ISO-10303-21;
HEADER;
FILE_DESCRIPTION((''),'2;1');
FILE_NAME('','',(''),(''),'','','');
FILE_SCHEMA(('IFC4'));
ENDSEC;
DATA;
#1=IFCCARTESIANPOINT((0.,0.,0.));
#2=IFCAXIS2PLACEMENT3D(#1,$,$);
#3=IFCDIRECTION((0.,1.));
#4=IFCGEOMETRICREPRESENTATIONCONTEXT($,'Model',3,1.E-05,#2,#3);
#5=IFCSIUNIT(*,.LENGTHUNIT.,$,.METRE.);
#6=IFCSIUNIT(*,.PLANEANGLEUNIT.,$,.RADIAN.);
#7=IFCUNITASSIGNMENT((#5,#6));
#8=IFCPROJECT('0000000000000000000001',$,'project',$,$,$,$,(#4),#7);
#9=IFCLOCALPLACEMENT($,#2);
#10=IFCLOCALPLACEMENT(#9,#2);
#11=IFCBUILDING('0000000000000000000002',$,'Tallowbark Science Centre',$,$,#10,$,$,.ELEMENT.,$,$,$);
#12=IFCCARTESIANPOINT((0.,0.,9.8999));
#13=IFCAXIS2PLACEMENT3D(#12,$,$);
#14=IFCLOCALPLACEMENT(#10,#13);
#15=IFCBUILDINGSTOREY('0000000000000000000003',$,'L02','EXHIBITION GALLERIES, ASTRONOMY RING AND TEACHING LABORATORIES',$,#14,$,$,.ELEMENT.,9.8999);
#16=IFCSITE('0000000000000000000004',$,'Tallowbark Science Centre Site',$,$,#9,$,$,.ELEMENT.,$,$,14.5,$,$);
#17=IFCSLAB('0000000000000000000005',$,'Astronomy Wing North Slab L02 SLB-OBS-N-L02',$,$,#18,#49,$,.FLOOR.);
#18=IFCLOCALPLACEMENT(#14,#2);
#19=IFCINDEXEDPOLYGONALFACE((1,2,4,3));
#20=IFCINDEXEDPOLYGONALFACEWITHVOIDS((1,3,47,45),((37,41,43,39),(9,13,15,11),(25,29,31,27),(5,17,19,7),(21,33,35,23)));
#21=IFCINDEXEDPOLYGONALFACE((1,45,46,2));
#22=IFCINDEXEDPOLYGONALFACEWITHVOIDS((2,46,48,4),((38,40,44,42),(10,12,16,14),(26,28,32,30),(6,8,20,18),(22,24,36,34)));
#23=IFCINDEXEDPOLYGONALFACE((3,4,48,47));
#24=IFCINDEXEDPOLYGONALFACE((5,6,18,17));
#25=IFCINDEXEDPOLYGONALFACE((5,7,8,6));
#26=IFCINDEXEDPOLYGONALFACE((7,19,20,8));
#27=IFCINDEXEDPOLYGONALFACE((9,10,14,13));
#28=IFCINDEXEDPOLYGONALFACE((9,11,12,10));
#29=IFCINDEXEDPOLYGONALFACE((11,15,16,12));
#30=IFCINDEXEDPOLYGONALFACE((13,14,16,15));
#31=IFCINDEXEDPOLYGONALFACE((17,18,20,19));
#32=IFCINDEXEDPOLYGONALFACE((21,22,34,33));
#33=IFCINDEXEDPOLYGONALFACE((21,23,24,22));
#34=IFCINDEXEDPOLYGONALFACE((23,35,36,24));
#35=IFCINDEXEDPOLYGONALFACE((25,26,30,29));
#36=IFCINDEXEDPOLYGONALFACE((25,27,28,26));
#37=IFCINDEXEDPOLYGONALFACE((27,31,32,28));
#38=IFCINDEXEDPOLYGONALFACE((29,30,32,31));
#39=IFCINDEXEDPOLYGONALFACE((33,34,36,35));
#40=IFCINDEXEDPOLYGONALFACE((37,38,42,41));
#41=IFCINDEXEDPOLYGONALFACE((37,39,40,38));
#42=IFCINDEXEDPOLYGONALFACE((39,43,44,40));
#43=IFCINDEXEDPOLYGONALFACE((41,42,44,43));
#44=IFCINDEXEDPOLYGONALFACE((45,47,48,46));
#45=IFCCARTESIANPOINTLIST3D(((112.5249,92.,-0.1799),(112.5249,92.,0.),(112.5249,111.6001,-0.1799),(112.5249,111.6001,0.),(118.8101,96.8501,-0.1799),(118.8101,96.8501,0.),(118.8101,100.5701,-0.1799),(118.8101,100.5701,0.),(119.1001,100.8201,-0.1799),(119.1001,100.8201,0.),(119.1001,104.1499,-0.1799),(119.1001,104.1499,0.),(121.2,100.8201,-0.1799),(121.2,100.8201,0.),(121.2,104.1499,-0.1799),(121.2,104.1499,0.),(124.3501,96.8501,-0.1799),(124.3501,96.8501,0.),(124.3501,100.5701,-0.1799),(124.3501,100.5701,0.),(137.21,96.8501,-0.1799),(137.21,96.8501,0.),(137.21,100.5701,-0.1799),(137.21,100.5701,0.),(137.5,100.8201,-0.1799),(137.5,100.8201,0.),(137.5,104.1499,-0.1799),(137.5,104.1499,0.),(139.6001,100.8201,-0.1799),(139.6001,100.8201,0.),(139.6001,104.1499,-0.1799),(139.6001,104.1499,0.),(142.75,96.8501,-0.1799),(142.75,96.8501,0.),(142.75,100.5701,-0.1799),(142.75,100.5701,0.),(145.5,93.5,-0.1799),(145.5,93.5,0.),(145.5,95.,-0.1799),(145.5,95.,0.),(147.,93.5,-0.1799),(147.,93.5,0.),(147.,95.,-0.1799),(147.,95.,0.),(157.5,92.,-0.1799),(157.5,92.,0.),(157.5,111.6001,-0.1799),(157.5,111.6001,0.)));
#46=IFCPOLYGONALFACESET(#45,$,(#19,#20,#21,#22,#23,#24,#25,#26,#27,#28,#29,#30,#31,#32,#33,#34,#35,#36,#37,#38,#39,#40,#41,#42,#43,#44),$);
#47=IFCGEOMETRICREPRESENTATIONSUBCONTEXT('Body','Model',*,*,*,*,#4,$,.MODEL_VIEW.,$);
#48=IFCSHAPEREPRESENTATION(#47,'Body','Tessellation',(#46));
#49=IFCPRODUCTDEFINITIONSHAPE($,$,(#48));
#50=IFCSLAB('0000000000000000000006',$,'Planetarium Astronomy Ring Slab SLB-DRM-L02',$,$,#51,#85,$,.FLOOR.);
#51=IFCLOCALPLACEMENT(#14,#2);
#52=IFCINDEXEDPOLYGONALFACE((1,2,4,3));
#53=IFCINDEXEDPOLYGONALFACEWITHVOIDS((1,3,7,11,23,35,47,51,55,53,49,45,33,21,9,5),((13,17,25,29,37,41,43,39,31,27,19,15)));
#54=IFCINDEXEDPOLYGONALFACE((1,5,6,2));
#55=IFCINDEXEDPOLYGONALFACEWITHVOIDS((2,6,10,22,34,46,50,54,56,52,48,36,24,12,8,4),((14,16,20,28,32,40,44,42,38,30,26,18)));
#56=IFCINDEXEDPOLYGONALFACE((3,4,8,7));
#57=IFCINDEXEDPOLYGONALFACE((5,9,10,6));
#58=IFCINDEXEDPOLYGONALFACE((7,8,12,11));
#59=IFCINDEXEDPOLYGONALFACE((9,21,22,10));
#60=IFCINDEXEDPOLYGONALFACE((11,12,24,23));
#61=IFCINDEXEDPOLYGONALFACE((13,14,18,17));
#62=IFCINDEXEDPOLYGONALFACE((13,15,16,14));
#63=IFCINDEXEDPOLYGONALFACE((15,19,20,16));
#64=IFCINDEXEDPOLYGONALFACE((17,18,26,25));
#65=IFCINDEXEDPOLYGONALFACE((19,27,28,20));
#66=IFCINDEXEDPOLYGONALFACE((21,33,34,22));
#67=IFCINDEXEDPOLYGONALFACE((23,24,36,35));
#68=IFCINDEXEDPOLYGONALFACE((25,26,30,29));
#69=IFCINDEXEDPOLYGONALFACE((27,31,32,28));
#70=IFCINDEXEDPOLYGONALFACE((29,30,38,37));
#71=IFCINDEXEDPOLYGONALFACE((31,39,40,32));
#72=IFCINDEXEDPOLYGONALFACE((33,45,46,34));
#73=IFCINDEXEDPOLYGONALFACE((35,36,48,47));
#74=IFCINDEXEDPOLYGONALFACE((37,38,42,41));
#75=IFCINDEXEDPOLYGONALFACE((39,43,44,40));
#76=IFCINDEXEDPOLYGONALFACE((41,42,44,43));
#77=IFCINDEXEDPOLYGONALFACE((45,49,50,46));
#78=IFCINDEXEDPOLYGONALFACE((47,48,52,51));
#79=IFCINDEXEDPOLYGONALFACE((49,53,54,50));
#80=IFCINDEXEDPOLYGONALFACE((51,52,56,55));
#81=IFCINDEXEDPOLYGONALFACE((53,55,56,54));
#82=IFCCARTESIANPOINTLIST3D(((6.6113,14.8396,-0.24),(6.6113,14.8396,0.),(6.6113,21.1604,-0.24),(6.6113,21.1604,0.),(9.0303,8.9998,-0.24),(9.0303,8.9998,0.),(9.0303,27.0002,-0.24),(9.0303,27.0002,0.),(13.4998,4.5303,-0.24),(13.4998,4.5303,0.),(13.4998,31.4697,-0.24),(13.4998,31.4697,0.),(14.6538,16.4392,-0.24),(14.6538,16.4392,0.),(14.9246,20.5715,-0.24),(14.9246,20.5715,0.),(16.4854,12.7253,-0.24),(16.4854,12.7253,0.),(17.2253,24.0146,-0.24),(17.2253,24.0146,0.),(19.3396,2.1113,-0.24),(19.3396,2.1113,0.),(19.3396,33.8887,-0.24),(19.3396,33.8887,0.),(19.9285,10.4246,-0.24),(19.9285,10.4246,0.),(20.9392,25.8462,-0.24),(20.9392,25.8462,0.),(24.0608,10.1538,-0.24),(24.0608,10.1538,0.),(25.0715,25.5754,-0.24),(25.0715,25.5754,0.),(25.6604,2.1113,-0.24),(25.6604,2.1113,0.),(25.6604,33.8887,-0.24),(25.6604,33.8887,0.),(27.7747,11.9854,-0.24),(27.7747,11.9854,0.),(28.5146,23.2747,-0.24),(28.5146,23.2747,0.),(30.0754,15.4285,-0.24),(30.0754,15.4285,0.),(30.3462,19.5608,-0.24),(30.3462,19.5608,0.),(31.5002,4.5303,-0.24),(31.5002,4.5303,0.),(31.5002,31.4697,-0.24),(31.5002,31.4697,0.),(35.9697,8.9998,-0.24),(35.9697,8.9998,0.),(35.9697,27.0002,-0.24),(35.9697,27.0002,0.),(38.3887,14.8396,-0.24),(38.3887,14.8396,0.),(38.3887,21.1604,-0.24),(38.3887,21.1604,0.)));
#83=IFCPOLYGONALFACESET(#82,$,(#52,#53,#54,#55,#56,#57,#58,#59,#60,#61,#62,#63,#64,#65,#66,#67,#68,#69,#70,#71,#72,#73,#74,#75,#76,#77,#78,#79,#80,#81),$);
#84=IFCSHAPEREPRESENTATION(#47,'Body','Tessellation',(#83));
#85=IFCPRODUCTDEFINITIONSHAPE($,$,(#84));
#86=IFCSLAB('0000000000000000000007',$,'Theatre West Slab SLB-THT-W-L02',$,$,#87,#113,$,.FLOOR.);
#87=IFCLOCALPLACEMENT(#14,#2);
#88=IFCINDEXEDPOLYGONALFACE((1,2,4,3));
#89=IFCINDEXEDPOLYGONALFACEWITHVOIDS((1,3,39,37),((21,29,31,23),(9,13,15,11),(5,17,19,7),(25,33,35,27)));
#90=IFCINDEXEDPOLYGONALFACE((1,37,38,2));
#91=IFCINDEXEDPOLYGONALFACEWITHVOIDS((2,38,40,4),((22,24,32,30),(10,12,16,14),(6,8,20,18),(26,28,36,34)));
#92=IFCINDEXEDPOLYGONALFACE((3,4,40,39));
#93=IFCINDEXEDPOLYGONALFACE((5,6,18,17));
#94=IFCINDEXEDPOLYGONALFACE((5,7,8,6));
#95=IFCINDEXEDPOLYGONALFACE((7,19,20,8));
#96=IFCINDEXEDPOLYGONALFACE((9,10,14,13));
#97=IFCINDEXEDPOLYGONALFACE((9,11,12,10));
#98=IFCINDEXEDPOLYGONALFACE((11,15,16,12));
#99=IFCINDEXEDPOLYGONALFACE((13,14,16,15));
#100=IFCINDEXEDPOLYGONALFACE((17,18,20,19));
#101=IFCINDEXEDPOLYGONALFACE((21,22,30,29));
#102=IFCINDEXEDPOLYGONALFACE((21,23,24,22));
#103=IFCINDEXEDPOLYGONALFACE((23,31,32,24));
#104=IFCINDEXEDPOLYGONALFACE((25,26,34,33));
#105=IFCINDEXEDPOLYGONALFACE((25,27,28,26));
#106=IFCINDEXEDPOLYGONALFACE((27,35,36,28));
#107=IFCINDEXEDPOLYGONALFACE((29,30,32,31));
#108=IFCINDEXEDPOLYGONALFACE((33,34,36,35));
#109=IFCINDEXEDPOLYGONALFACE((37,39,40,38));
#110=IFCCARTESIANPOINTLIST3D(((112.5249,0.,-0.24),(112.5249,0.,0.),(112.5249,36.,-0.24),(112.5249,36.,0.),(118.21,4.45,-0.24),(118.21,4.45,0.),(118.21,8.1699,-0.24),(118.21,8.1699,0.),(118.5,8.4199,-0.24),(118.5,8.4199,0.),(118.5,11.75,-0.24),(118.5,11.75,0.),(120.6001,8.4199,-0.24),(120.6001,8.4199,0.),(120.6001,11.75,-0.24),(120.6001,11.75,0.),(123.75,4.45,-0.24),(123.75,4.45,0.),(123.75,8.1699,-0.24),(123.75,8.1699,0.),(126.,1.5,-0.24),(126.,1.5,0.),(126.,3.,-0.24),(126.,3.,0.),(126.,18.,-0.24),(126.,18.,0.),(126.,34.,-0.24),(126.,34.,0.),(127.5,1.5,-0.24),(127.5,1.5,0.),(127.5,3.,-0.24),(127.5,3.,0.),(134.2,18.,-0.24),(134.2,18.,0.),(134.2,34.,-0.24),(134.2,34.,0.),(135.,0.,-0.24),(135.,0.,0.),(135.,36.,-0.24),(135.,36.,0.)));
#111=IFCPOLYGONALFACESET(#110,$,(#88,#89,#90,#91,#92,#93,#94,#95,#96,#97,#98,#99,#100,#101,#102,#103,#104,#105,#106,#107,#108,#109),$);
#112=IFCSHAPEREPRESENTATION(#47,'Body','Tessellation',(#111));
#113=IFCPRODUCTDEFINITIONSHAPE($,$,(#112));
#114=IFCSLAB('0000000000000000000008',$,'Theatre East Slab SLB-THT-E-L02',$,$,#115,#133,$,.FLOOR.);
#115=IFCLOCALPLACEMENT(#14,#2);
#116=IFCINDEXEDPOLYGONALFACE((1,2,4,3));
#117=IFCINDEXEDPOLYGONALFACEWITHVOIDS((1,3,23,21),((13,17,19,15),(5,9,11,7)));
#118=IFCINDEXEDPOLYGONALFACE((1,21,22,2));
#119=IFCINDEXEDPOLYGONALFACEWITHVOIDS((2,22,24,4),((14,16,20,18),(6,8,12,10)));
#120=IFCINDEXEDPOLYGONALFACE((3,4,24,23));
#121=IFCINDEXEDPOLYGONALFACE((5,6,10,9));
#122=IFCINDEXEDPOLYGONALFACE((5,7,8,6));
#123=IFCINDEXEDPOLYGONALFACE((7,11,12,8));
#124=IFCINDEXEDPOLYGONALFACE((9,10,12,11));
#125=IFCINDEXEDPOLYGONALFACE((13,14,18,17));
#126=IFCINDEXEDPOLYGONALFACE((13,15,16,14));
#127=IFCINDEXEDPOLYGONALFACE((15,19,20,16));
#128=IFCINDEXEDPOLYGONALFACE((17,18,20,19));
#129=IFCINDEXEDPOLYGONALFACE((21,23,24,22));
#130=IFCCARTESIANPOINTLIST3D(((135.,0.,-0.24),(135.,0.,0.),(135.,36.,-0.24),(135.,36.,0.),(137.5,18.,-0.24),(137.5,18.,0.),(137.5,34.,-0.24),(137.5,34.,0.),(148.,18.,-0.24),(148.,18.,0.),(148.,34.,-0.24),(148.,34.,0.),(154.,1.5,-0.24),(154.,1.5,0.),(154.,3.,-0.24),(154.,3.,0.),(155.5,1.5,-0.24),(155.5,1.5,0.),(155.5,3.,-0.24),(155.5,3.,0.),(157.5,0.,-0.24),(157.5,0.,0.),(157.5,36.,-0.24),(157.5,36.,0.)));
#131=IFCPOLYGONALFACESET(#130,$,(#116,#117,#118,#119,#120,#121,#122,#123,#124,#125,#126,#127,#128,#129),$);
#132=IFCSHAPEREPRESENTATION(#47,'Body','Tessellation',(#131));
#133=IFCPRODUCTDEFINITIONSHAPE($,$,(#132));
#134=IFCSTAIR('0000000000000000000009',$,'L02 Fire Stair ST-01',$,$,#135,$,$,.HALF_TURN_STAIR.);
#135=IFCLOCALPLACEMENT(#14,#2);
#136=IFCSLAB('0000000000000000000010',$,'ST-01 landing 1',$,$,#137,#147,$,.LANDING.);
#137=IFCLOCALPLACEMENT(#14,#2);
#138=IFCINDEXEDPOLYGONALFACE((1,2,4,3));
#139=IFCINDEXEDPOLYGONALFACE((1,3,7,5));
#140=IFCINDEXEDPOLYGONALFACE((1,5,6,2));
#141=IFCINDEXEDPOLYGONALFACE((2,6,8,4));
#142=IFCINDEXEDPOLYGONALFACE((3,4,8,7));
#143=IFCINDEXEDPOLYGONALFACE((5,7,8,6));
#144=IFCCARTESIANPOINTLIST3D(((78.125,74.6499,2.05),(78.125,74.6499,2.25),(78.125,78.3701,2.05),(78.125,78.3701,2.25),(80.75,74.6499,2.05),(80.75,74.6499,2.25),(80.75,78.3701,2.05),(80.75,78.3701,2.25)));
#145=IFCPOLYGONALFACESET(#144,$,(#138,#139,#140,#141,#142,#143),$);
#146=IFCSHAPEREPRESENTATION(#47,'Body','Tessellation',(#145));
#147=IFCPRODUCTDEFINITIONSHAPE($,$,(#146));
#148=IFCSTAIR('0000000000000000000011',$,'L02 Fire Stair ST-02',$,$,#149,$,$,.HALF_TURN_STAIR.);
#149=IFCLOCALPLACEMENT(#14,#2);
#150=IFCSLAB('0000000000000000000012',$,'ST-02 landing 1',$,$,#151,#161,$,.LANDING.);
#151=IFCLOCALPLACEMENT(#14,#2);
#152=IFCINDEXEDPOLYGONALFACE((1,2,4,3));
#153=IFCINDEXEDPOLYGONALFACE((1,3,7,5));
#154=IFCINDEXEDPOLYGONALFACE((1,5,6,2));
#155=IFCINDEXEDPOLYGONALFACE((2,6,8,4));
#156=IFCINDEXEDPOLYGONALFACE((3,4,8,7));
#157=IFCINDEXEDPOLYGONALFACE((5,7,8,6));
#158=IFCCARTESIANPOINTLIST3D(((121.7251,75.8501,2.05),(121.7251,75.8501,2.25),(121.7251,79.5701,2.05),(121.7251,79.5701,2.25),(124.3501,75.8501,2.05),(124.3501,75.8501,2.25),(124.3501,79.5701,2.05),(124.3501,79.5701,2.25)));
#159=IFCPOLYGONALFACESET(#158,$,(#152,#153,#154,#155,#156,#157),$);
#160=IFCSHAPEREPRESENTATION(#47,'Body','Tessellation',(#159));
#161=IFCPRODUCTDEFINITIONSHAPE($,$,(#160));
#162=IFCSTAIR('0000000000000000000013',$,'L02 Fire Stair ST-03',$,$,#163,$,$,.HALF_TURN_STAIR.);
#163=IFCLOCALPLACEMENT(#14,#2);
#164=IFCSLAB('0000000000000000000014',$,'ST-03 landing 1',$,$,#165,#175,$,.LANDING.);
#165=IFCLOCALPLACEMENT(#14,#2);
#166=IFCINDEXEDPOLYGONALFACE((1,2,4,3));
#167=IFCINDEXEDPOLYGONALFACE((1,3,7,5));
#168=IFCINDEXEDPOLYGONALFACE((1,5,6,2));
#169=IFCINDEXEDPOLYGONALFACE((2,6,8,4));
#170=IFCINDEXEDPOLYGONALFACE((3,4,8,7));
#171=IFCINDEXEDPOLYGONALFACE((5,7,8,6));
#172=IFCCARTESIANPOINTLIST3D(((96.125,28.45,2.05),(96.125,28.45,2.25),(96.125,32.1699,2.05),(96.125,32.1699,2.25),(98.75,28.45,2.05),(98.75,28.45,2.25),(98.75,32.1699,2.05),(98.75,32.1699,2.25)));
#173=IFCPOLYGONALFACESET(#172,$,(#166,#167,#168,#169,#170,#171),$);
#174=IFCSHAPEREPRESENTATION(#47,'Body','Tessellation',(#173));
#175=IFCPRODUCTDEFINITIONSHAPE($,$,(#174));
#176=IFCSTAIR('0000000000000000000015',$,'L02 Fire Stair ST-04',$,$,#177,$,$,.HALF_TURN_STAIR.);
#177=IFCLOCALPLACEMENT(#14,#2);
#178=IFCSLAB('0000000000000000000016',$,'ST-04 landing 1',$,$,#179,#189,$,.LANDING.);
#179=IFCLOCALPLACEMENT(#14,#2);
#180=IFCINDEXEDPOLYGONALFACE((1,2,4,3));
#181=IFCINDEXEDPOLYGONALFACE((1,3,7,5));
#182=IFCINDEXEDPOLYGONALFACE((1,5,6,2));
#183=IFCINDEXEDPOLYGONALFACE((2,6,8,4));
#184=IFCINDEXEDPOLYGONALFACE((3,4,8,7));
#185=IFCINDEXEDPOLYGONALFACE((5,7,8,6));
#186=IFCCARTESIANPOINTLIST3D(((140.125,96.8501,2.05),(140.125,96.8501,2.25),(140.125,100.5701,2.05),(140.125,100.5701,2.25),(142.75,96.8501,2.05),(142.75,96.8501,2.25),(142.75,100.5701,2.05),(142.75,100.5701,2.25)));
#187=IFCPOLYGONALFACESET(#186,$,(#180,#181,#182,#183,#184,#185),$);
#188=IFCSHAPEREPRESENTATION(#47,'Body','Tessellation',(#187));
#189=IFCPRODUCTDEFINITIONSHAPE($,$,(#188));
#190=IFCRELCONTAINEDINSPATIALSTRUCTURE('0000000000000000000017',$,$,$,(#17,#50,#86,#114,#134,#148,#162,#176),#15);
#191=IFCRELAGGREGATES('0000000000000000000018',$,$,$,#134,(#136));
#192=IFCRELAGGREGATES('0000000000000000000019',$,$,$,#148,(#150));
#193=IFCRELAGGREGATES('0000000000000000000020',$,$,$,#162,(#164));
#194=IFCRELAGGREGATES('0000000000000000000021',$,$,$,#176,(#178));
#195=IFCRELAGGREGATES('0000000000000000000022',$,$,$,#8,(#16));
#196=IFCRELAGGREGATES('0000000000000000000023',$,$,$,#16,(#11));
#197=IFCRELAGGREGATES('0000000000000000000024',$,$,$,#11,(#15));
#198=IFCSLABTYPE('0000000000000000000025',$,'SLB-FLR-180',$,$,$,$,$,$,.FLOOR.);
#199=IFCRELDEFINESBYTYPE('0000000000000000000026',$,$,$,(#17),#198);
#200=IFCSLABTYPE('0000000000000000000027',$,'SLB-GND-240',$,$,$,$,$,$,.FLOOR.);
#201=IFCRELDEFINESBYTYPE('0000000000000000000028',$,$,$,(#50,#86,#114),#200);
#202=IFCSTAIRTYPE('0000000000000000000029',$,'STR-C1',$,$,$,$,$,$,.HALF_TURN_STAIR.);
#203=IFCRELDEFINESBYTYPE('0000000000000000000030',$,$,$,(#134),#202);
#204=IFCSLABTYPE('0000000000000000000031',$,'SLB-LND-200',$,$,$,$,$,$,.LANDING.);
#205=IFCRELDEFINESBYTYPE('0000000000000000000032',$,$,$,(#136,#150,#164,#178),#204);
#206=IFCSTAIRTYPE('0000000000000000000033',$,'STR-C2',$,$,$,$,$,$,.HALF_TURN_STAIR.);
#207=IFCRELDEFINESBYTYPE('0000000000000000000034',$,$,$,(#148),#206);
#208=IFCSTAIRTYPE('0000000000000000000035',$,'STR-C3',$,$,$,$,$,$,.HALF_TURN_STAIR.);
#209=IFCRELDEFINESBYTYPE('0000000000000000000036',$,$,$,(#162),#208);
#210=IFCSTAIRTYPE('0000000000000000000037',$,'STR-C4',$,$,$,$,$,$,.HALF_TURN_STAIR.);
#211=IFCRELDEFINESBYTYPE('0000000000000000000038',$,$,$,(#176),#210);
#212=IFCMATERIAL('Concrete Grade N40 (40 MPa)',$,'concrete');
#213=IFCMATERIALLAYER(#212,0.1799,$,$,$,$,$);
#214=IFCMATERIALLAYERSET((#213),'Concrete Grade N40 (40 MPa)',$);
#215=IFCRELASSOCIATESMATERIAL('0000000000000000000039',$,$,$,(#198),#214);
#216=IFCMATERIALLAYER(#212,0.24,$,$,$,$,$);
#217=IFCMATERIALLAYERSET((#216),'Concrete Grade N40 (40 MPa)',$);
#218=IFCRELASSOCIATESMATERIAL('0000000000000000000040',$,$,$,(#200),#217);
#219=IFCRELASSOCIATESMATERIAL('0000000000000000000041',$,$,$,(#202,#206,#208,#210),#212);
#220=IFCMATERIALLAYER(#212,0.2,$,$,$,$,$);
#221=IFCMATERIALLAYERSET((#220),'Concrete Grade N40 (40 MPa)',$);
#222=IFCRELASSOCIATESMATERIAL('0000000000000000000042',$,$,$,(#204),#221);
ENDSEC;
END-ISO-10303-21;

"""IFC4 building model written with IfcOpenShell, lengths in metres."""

from ifc_helpers import new_model, si_unit, direction, frame, origin, place, context, subcontext, project, spatial, polyline, outline, extrude, material, layer, layer_set, type_object, element, aggregate, save


model = new_model("IFC4")

# Units and contexts
model_context = context("Model", 3, precision=1e-05, world=origin(), true_north=direction((0.0, 1.0)))
body_context = subcontext(model_context, "Body", "Model", "MODEL_VIEW")
ifc_project = project(units=[si_unit("LENGTHUNIT", "METRE"), si_unit("PLANEANGLEUNIT", "RADIAN")], contexts=[model_context])

# Site, building, storey
site_placement = place(None, origin())
site = spatial("IfcSite", under=ifc_project, at=site_placement, Name="Tallowbark Science Centre Site", CompositionType="ELEMENT", RefElevation=14.5)
building_placement = place(site_placement, origin())
building = spatial("IfcBuilding", under=site, at=building_placement, Name="Tallowbark Science Centre", CompositionType="ELEMENT")
storey_placement = place(building_placement, frame((0.0, 0.0, 9.8999)))
storey = spatial("IfcBuildingStorey", under=building, at=storey_placement, Name="L02", Description="EXHIBITION GALLERIES, ASTRONOMY RING AND TEACHING LABORATORIES", CompositionType="ELEMENT", Elevation=9.8999)

# Slabs
ifc_material_1 = material(Name="Concrete Grade N40 (40 MPa)", Category="concrete")
ifc_layer_1 = layer(ifc_material_1, 0.1799)
ifc_layer_set_1 = layer_set([ifc_layer_1], Name="Concrete Grade N40 (40 MPa)")
slab_type_1 = type_object("IfcSlabType", Name="SLB-FLR-180", PredefinedType="FLOOR", material=ifc_layer_set_1)
slab_1_placement = place(storey_placement, frame((0.0, 0.0, -0.1799)))
element("IfcSlab", 1, at=slab_1_placement, inside=storey, type_object=slab_type_1, Name="Astronomy Wing North Slab L02 SLB-OBS-N-L02", PredefinedType="FLOOR", context=body_context, shape_type="SweptSolid", body=[
    extrude(outline(polyline([(112.5249, 92.0), (157.5, 92.0), (157.5, 111.6001), (112.5249, 111.6001), (112.5249, 92.0)]), holes=[polyline([(137.21, 96.8501), (142.75, 96.8501), (142.75, 100.5701), (137.21, 100.5701), (137.21, 96.8501)]), polyline([(118.8101, 96.8501), (124.3501, 96.8501), (124.3501, 100.5701), (118.8101, 100.5701), (118.8101, 96.8501)]), polyline([(137.5, 100.8201), (139.6001, 100.8201), (139.6001, 104.1499), (137.5, 104.1499), (137.5, 100.8201)]), polyline([(119.1001, 100.8201), (121.2, 100.8201), (121.2, 104.1499), (119.1001, 104.1499), (119.1001, 100.8201)]), polyline([(145.5, 93.5), (147.0, 93.5), (147.0, 95.0), (145.5, 95.0), (145.5, 93.5)])]), origin(), (0.0, 0.0, 1.0), 0.1799),
])
ifc_layer_2 = layer(ifc_material_1, 0.24)
ifc_layer_set_2 = layer_set([ifc_layer_2], Name="Concrete Grade N40 (40 MPa)")
slab_type_2 = type_object("IfcSlabType", Name="SLB-GND-240", PredefinedType="FLOOR", material=ifc_layer_set_2)
slab_2_placement = place(storey_placement, frame((0.0, 0.0, -0.24)))
element("IfcSlab", 2, at=slab_2_placement, inside=storey, type_object=slab_type_2, Name="Planetarium Astronomy Ring Slab SLB-DRM-L02", PredefinedType="FLOOR", context=body_context, shape_type="SweptSolid", body=[
    extrude(outline(polyline([(38.3887, 21.1604), (35.9697, 27.0002), (31.5002, 31.4697), (25.6604, 33.8887), (19.3396, 33.8887), (13.4998, 31.4697), (9.0303, 27.0002), (6.6113, 21.1604), (6.6113, 14.8396), (9.0303, 8.9998), (13.4998, 4.5303), (19.3396, 2.1113), (25.6604, 2.1113), (31.5002, 4.5303), (35.9697, 8.9998), (38.3887, 14.8396), (38.3887, 21.1604)]), holes=[polyline([(30.3462, 19.5608), (28.5146, 23.2747), (25.0715, 25.5754), (20.9392, 25.8462), (17.2253, 24.0146), (14.9246, 20.5715), (14.6538, 16.4392), (16.4854, 12.7253), (19.9285, 10.4246), (24.0608, 10.1538), (27.7747, 11.9854), (30.0754, 15.4285), (30.3462, 19.5608)])]), origin(), (0.0, 0.0, 1.0), 0.24),
])
slab_3_placement = place(storey_placement, frame((0.0, 0.0, -0.24)))
element("IfcSlab", 3, at=slab_3_placement, inside=storey, type_object=slab_type_2, Name="Theatre West Slab SLB-THT-W-L02", PredefinedType="FLOOR", context=body_context, shape_type="SweptSolid", body=[
    extrude(outline(polyline([(112.5249, 0.0), (135.0, 0.0), (135.0, 36.0), (112.5249, 36.0), (112.5249, 0.0)]), holes=[polyline([(118.21, 4.45), (123.75, 4.45), (123.75, 8.1699), (118.21, 8.1699), (118.21, 4.45)]), polyline([(118.5, 8.4199), (120.6001, 8.4199), (120.6001, 11.75), (118.5, 11.75), (118.5, 8.4199)]), polyline([(126.0, 1.5), (127.5, 1.5), (127.5, 3.0), (126.0, 3.0), (126.0, 1.5)]), polyline([(126.0, 18.0), (134.2, 18.0), (134.2, 34.0), (126.0, 34.0), (126.0, 18.0)])]), origin(), (0.0, 0.0, 1.0), 0.24),
])
slab_4_placement = place(storey_placement, frame((0.0, 0.0, -0.24)))
element("IfcSlab", 4, at=slab_4_placement, inside=storey, type_object=slab_type_2, Name="Theatre East Slab SLB-THT-E-L02", PredefinedType="FLOOR", context=body_context, shape_type="SweptSolid", body=[
    extrude(outline(polyline([(135.0, 0.0), (157.5, 0.0), (157.5, 36.0), (135.0, 36.0), (135.0, 0.0)]), holes=[polyline([(154.0, 1.5), (155.5, 1.5), (155.5, 3.0), (154.0, 3.0), (154.0, 1.5)]), polyline([(137.5, 18.0), (148.0, 18.0), (148.0, 34.0), (137.5, 34.0), (137.5, 18.0)])]), origin(), (0.0, 0.0, 1.0), 0.24),
])

# Stairs, slabs
stair_type_1 = type_object("IfcStairType", Name="STR-C1", PredefinedType="HALF_TURN_STAIR", material=ifc_material_1)
stair_1_placement = place(storey_placement, origin())
stair_1 = element("IfcStair", 5, at=stair_1_placement, inside=storey, type_object=stair_type_1, Name="L02 Fire Stair ST-01", PredefinedType="HALF_TURN_STAIR")
ifc_layer_3 = layer(ifc_material_1, 0.2)
ifc_layer_set_3 = layer_set([ifc_layer_3], Name="Concrete Grade N40 (40 MPa)")
slab_type_3 = type_object("IfcSlabType", Name="SLB-LND-200", PredefinedType="LANDING", material=ifc_layer_set_3)
slab_5_placement = place(storey_placement, frame((0.0, 0.0, 2.05)))
slab_5 = element("IfcSlab", 6, at=slab_5_placement, type_object=slab_type_3, Name="ST-01 landing 1", PredefinedType="LANDING", context=body_context, shape_type="SweptSolid", body=[
    extrude(outline(polyline([(78.125, 74.6499), (80.75, 74.6499), (80.75, 78.3701), (78.125, 78.3701), (78.125, 74.6499)])), origin(), (0.0, 0.0, 1.0), 0.2),
])
aggregate(stair_1, [slab_5])
stair_type_2 = type_object("IfcStairType", Name="STR-C2", PredefinedType="HALF_TURN_STAIR", material=ifc_material_1)
stair_2_placement = place(storey_placement, origin())
stair_2 = element("IfcStair", 7, at=stair_2_placement, inside=storey, type_object=stair_type_2, Name="L02 Fire Stair ST-02", PredefinedType="HALF_TURN_STAIR")
slab_6_placement = place(storey_placement, frame((0.0, 0.0, 2.05)))
slab_6 = element("IfcSlab", 8, at=slab_6_placement, type_object=slab_type_3, Name="ST-02 landing 1", PredefinedType="LANDING", context=body_context, shape_type="SweptSolid", body=[
    extrude(outline(polyline([(121.7251, 75.8501), (124.3501, 75.8501), (124.3501, 79.5701), (121.7251, 79.5701), (121.7251, 75.8501)])), origin(), (0.0, 0.0, 1.0), 0.2),
])
aggregate(stair_2, [slab_6])
stair_type_3 = type_object("IfcStairType", Name="STR-C3", PredefinedType="HALF_TURN_STAIR", material=ifc_material_1)
stair_3_placement = place(storey_placement, origin())
stair_3 = element("IfcStair", 9, at=stair_3_placement, inside=storey, type_object=stair_type_3, Name="L02 Fire Stair ST-03", PredefinedType="HALF_TURN_STAIR")
slab_7_placement = place(storey_placement, frame((0.0, 0.0, 2.05)))
slab_7 = element("IfcSlab", 10, at=slab_7_placement, type_object=slab_type_3, Name="ST-03 landing 1", PredefinedType="LANDING", context=body_context, shape_type="SweptSolid", body=[
    extrude(outline(polyline([(96.125, 28.45), (98.75, 28.45), (98.75, 32.1699), (96.125, 32.1699), (96.125, 28.45)])), origin(), (0.0, 0.0, 1.0), 0.2),
])
aggregate(stair_3, [slab_7])
stair_type_4 = type_object("IfcStairType", Name="STR-C4", PredefinedType="HALF_TURN_STAIR", material=ifc_material_1)
stair_4_placement = place(storey_placement, origin())
stair_4 = element("IfcStair", 11, at=stair_4_placement, inside=storey, type_object=stair_type_4, Name="L02 Fire Stair ST-04", PredefinedType="HALF_TURN_STAIR")
slab_8_placement = place(storey_placement, frame((0.0, 0.0, 2.05)))
slab_8 = element("IfcSlab", 12, at=slab_8_placement, type_object=slab_type_3, Name="ST-04 landing 1", PredefinedType="LANDING", context=body_context, shape_type="SweptSolid", body=[
    extrude(outline(polyline([(140.125, 96.8501), (142.75, 96.8501), (142.75, 100.5701), (140.125, 100.5701), (140.125, 96.8501)])), origin(), (0.0, 0.0, 1.0), 0.2),
])
aggregate(stair_4, [slab_8])

save(model, "model.ifc")
